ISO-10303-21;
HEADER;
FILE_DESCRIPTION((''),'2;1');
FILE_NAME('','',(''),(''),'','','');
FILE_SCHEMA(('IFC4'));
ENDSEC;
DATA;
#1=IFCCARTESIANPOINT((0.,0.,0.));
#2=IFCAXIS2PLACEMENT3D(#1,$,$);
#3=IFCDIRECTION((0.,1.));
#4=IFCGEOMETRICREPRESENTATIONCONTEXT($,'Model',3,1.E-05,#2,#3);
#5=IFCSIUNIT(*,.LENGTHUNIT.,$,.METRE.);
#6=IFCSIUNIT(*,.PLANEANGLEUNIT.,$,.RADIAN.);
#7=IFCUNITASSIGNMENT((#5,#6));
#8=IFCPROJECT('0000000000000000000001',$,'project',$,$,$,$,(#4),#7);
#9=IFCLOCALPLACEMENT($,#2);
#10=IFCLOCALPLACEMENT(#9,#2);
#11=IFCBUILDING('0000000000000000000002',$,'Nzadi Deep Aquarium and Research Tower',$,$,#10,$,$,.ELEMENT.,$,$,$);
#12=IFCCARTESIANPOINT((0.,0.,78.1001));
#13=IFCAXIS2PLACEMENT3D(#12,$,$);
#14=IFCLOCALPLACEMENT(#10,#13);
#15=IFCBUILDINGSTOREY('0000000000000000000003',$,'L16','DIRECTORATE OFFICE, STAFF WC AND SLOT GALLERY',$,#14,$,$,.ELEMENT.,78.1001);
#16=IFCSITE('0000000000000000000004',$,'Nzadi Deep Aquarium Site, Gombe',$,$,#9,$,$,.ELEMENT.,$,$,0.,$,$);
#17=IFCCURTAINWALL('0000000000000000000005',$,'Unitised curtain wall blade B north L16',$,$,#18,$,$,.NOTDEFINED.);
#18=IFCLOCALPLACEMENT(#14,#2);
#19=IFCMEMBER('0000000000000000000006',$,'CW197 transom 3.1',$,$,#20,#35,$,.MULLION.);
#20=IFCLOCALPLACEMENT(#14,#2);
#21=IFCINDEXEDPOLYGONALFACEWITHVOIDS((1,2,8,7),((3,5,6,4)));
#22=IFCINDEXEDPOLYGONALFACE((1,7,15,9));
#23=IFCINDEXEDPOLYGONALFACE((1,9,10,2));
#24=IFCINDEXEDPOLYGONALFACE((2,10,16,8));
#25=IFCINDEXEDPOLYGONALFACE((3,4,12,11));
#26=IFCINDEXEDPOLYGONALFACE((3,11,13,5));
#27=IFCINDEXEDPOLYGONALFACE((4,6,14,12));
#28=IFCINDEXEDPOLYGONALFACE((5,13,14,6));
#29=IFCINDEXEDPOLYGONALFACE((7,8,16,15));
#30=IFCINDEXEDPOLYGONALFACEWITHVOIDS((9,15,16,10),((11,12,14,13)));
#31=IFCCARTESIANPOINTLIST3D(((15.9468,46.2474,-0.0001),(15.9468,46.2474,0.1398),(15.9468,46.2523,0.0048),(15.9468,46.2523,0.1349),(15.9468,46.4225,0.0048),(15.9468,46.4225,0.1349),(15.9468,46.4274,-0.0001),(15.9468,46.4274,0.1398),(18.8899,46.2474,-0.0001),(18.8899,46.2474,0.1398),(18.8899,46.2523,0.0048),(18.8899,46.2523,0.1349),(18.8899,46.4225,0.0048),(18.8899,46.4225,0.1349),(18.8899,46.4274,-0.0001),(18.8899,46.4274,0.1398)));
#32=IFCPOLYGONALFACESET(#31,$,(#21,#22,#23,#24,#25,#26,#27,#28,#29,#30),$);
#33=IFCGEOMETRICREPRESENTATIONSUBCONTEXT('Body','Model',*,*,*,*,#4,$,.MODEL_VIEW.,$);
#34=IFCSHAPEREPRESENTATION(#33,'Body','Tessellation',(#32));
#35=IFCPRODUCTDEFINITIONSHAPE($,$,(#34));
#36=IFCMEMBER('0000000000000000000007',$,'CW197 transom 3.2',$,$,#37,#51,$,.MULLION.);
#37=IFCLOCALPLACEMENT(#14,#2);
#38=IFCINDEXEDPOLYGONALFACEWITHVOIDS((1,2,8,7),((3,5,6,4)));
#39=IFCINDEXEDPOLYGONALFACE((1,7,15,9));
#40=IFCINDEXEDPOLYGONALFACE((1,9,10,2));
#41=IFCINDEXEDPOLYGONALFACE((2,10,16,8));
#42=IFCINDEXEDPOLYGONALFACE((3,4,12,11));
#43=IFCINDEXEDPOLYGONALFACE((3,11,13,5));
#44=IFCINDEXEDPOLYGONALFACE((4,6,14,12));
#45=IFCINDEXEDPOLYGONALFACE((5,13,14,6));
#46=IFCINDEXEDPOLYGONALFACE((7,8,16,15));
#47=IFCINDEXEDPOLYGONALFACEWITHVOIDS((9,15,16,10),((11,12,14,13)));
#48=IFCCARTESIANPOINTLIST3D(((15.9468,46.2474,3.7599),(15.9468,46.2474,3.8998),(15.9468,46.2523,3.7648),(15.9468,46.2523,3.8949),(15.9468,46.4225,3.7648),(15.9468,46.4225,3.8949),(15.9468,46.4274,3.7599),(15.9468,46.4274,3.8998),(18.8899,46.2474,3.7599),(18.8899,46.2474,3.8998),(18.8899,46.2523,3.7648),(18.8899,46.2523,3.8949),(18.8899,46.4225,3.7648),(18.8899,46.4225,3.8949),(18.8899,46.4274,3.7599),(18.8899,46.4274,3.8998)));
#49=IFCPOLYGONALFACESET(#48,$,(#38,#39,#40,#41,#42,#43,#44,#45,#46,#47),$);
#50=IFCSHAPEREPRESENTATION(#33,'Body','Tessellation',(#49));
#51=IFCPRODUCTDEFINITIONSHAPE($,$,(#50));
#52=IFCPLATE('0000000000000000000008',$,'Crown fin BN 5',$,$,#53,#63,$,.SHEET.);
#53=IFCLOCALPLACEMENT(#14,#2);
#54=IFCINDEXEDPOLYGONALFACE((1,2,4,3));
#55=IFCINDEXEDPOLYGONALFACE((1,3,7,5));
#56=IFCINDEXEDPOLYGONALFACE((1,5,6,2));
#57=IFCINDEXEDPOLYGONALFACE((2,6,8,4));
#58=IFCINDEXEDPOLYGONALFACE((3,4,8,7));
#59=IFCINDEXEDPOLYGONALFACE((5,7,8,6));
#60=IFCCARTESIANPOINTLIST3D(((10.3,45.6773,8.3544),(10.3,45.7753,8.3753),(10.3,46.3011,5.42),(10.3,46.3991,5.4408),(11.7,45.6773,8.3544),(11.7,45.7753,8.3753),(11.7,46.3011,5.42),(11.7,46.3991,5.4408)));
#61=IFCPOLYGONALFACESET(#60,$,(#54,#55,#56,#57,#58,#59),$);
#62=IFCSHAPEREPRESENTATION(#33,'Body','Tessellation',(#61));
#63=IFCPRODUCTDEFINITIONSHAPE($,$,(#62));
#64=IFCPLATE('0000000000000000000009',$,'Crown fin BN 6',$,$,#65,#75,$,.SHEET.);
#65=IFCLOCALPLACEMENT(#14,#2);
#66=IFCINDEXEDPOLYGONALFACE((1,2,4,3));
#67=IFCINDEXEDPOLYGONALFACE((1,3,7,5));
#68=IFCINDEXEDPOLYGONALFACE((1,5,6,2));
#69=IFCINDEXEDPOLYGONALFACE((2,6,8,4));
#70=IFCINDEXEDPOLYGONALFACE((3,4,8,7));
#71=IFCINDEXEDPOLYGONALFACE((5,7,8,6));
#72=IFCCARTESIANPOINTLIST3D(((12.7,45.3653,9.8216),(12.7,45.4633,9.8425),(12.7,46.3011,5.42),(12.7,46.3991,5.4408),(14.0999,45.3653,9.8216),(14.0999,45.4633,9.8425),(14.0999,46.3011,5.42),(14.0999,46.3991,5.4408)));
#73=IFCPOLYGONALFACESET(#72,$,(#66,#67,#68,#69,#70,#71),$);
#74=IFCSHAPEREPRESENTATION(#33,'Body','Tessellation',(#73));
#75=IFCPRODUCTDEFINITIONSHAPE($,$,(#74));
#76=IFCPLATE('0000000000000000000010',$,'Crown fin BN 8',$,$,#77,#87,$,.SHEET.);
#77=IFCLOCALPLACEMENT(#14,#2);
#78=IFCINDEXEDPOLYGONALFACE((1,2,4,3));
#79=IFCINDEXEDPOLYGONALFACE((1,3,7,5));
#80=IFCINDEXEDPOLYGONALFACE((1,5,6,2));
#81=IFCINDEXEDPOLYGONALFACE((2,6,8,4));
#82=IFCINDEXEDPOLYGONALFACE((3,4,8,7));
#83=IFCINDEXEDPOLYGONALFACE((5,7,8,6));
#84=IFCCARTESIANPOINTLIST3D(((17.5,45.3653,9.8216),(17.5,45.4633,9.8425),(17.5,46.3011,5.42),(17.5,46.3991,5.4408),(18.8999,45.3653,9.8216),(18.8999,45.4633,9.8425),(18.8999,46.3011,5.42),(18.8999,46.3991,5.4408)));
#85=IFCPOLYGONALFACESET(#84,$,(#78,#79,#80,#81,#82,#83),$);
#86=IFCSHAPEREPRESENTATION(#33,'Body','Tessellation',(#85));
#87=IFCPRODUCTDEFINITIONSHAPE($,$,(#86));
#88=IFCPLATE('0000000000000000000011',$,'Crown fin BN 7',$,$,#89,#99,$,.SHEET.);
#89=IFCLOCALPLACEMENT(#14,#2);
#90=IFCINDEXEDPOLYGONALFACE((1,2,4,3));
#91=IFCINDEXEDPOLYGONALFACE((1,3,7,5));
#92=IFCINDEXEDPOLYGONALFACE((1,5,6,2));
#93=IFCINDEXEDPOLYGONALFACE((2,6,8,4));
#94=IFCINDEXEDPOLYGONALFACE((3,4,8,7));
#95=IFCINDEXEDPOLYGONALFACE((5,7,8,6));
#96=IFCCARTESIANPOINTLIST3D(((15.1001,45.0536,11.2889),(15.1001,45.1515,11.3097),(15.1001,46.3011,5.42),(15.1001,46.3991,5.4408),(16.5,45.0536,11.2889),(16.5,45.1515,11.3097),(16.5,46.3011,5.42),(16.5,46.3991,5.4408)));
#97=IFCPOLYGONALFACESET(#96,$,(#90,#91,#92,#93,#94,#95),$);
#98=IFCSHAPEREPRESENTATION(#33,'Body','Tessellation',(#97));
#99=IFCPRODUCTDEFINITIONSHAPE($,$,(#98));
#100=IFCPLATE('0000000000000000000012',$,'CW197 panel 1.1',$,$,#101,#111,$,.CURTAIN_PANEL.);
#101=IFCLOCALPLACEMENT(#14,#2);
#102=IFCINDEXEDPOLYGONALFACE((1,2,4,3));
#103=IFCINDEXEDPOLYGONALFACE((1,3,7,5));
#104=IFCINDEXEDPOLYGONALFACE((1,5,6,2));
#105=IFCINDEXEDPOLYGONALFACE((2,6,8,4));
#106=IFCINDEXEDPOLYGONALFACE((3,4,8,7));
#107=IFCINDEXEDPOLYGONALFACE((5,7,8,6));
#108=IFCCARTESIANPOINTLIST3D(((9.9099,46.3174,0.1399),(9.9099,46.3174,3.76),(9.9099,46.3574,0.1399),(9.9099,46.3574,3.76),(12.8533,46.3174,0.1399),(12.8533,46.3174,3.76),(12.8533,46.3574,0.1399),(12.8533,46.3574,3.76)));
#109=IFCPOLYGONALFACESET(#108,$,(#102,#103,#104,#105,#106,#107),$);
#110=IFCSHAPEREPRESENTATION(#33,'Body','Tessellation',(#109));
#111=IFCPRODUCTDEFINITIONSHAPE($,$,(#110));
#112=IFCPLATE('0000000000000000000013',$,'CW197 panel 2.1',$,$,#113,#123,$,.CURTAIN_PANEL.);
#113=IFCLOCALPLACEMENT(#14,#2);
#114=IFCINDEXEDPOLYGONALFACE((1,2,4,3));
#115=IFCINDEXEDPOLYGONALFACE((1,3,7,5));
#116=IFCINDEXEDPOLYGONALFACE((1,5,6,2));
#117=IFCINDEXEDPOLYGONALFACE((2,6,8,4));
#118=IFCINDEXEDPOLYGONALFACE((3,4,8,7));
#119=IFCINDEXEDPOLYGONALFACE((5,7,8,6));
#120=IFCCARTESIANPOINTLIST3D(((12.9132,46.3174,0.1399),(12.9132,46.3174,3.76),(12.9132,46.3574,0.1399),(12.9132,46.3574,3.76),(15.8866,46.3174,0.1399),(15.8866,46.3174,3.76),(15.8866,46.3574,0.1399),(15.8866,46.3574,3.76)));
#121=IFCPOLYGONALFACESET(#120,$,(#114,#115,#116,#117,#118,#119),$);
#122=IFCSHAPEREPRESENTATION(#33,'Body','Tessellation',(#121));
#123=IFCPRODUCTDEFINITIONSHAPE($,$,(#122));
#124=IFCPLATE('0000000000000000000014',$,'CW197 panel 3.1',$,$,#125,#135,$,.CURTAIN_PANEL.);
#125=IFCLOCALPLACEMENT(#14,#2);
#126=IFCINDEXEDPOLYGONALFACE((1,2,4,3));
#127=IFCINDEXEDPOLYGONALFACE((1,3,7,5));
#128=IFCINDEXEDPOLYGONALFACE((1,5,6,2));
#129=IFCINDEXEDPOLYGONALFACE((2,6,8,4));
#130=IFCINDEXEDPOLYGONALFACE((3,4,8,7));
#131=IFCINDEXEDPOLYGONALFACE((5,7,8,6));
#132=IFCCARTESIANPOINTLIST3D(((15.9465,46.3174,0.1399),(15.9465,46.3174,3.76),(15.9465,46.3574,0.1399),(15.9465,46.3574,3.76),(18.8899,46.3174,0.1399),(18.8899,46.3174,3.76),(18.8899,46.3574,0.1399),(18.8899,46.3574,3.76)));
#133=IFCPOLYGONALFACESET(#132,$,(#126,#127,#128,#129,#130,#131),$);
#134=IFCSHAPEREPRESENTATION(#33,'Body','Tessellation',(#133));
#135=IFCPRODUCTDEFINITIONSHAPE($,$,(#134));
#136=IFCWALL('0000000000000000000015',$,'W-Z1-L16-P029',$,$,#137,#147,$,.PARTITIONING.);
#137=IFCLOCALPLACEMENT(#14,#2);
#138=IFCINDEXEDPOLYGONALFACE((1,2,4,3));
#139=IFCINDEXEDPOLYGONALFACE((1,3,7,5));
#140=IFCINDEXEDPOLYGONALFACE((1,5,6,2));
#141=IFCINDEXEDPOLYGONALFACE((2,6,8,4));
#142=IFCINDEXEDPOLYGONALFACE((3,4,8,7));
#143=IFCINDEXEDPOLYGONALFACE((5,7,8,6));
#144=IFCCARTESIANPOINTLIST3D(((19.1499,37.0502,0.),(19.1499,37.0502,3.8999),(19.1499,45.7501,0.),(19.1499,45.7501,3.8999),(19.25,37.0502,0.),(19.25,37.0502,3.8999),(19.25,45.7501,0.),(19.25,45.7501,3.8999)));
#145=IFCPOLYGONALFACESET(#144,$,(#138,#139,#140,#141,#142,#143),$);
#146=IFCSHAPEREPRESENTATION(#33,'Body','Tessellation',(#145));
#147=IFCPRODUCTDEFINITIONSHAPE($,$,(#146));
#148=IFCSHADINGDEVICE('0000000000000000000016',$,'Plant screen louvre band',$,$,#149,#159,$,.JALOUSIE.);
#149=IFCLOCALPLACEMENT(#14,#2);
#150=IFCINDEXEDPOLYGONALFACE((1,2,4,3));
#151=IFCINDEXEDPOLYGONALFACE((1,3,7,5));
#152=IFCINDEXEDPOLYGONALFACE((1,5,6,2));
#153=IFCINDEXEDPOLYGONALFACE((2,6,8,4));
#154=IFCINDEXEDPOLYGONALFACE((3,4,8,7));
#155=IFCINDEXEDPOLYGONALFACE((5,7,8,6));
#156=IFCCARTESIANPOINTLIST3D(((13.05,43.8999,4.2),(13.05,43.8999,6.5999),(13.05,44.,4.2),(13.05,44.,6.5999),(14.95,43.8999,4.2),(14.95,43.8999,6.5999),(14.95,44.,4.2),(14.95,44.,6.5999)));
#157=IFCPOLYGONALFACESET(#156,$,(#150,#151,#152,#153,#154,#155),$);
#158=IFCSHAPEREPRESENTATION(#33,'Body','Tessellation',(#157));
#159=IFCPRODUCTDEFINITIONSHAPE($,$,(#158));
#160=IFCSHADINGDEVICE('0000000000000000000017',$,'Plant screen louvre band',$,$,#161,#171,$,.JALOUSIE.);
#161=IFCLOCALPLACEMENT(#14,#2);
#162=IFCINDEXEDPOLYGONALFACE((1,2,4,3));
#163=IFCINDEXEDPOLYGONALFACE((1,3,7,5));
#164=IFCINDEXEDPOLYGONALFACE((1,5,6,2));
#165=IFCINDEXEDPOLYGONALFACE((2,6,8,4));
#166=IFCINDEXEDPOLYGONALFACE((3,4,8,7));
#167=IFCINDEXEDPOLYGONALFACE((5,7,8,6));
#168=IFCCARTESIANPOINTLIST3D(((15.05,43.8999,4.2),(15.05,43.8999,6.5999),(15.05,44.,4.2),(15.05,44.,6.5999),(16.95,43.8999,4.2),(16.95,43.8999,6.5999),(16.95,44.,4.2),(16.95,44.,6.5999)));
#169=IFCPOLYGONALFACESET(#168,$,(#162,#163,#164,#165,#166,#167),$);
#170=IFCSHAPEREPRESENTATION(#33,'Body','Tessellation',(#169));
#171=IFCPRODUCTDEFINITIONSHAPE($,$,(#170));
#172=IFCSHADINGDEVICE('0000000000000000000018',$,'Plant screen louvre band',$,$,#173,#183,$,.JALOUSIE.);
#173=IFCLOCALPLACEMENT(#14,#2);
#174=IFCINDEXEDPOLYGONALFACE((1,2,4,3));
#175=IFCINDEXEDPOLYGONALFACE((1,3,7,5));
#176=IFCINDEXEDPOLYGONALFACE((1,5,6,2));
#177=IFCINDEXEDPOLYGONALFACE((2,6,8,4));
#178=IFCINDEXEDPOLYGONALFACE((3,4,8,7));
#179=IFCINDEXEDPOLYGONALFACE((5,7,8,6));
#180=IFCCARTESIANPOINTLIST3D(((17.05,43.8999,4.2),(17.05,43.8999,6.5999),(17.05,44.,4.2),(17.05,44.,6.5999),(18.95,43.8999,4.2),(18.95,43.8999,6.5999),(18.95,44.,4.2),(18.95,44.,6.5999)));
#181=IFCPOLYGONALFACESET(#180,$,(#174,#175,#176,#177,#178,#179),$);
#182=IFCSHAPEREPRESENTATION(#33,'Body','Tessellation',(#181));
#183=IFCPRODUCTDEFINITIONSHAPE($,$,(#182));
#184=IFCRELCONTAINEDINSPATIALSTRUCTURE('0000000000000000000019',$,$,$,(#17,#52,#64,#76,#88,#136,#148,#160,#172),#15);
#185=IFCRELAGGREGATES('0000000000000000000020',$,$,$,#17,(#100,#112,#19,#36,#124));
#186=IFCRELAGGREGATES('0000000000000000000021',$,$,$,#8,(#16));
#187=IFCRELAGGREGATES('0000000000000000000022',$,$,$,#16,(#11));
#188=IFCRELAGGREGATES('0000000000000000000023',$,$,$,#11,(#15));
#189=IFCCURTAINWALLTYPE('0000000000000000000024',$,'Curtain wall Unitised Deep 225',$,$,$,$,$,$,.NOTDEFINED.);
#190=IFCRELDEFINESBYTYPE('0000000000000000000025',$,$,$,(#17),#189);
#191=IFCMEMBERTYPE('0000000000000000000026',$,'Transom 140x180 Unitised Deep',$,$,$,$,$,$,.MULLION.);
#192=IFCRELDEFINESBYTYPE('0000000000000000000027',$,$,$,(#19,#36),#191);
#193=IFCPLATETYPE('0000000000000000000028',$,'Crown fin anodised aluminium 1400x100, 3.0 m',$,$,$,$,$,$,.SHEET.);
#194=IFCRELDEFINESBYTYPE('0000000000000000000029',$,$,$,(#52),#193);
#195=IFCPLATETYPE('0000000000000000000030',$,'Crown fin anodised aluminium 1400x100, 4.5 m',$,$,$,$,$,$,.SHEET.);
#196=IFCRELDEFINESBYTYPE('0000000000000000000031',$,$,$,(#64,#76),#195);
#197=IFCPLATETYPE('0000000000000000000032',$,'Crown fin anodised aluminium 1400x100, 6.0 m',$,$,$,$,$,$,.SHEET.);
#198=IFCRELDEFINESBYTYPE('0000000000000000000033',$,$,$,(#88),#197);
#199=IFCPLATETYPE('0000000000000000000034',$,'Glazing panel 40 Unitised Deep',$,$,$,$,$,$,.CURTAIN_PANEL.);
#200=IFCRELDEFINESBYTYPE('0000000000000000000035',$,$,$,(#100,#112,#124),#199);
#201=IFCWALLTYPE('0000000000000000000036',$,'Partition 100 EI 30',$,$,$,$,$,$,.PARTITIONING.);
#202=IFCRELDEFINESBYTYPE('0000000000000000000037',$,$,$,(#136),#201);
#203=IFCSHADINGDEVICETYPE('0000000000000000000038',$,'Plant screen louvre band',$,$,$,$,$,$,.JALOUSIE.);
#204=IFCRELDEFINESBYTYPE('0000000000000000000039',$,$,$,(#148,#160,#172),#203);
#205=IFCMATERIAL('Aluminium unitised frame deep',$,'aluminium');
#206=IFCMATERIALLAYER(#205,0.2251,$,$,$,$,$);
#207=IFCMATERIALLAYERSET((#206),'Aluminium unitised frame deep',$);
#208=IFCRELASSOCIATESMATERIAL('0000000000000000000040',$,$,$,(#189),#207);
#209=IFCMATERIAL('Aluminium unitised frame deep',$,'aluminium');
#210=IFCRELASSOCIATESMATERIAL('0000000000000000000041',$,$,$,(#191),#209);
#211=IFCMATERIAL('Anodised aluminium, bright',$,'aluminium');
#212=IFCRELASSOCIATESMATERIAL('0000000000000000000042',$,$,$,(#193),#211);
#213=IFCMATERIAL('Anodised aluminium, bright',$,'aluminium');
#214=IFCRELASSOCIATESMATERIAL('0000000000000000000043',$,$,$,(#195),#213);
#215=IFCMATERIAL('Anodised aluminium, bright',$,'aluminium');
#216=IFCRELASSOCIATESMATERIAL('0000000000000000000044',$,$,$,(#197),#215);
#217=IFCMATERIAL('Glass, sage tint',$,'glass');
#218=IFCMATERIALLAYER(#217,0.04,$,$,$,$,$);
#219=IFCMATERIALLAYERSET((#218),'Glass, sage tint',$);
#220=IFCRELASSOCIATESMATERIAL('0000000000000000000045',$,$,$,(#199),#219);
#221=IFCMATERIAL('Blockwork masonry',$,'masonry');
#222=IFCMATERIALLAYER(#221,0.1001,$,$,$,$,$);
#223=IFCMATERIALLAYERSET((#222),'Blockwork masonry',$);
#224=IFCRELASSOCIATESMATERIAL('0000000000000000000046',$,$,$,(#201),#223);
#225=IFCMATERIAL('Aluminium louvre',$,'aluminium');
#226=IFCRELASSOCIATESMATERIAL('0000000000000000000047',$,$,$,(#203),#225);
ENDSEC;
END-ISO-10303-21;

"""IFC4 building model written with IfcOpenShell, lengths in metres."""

from ifc_helpers import new_model, si_unit, direction, frame, frame_2d, origin, origin_2d, place, context, subcontext, project, spatial, rectangle, hollow_rectangle, extrude, material, layer, layer_set, material_profile, profile_set, type_object, element, aggregate, save


model = new_model("IFC4")

# Units and contexts
model_context = context("Model", 3, precision=1e-05, world=origin(), true_north=direction((0.0, 1.0)))
body_context = subcontext(model_context, "Body", "Model", "MODEL_VIEW")
ifc_project = project(units=[si_unit("LENGTHUNIT", "METRE"), si_unit("PLANEANGLEUNIT", "RADIAN")], contexts=[model_context])

# Site, building, storey
site_placement = place(None, origin())
site = spatial("IfcSite", under=ifc_project, at=site_placement, Name="Nzadi Deep Aquarium Site, Gombe", CompositionType="ELEMENT", RefElevation=0.0)
building_placement = place(site_placement, origin())
building = spatial("IfcBuilding", under=site, at=building_placement, Name="Nzadi Deep Aquarium and Research Tower", CompositionType="ELEMENT")
storey_placement = place(building_placement, frame((0.0, 0.0, 78.1001)))
storey = spatial("IfcBuildingStorey", under=building, at=storey_placement, Name="L16", Description="DIRECTORATE OFFICE, STAFF WC AND SLOT GALLERY", CompositionType="ELEMENT", Elevation=78.1001)

# Curtain wall
ifc_material_1 = material(Name="Aluminium unitised frame deep", Category="aluminium")
ifc_layer_1 = layer(ifc_material_1, 0.2251)
ifc_layer_set_1 = layer_set([ifc_layer_1], Name="Aluminium unitised frame deep")
curtain_wall_type = type_object("IfcCurtainWallType", Name="Curtain wall Unitised Deep 225", PredefinedType="NOTDEFINED", material=ifc_layer_set_1)
curtain_wall_1_placement = place(storey_placement, origin())
curtain_wall_1 = element("IfcCurtainWall", 1, at=curtain_wall_1_placement, inside=storey, type_object=curtain_wall_type, Name="Unitised curtain wall blade B north L16", PredefinedType="NOTDEFINED")

# Members
ifc_material_2 = material(Name="Aluminium unitised frame deep", Category="aluminium")
ifc_material_profile_1 = material_profile(ifc_material_2, hollow_rectangle(XDim=0.1799, YDim=0.1399, WallThickness=0.0049, at=origin_2d()))
ifc_profile_set_1 = profile_set([ifc_material_profile_1], Name="Aluminium unitised frame deep")
member_type_1 = type_object("IfcMemberType", Name="Transom 140x180 Unitised Deep", PredefinedType="MULLION", material=ifc_profile_set_1)
member_1_placement = place(storey_placement, frame((15.9468, 46.3374, 0.0698), z_axis=(1.0, 0.0, 0.0), x_axis=(0.0, 1.0, 0.0)))
member_1 = element("IfcMember", 2, at=member_1_placement, type_object=member_type_1, Name="CW197 transom 3.1", PredefinedType="MULLION", context=body_context, shape_type="SweptSolid", body=[
    extrude(hollow_rectangle(XDim=0.1799, YDim=0.1399, WallThickness=0.0049, at=origin_2d()), origin(), (0.0, 0.0, 1.0), 2.9431),
])
member_2_placement = place(storey_placement, frame((15.9468, 46.3374, 3.8298), z_axis=(1.0, 0.0, 0.0), x_axis=(0.0, 1.0, 0.0)))
member_2 = element("IfcMember", 3, at=member_2_placement, type_object=member_type_1, Name="CW197 transom 3.2", PredefinedType="MULLION", context=body_context, shape_type="SweptSolid", body=[
    extrude(hollow_rectangle(XDim=0.1799, YDim=0.1399, WallThickness=0.0049, at=origin_2d()), origin(), (0.0, 0.0, 1.0), 2.9431),
])

# Plates
ifc_material_3 = material(Name="Anodised aluminium, bright", Category="aluminium")
ifc_material_profile_2 = material_profile(ifc_material_3, rectangle(XDim=1.3999, YDim=0.1001, at=origin_2d()))
ifc_profile_set_2 = profile_set([ifc_material_profile_2], Name="Anodised aluminium, bright")
plate_type_1 = type_object("IfcPlateType", Name="Crown fin anodised aluminium 1400x100, 3.0 m", PredefinedType="SHEET", material=ifc_profile_set_2)
plate_1_placement = place(storey_placement, frame((11.0, 46.3501, 5.4304), z_axis=(0.0, -0.207934, 0.978143), x_axis=(1.0, 0.0, 0.0)))
element("IfcPlate", 4, at=plate_1_placement, inside=storey, type_object=plate_type_1, Name="Crown fin BN 5", PredefinedType="SHEET", context=body_context, shape_type="SweptSolid", body=[
    extrude(rectangle(XDim=1.3999, YDim=0.1001, at=origin_2d()), origin(), (0.0, 0.0, 1.0), 3.0),
])
ifc_material_4 = material(Name="Anodised aluminium, bright", Category="aluminium")
ifc_material_profile_3 = material_profile(ifc_material_4, rectangle(XDim=1.3999, YDim=0.1001, at=origin_2d()))
ifc_profile_set_3 = profile_set([ifc_material_profile_3], Name="Anodised aluminium, bright")
plate_type_2 = type_object("IfcPlateType", Name="Crown fin anodised aluminium 1400x100, 4.5 m", PredefinedType="SHEET", material=ifc_profile_set_3)
for number, where, z_axis, x_axis, name in (
    (5, (13.3999, 46.3501, 5.4304), (0.0, -0.207954, 0.978139), (1.0, 0.0, 0.0), "Crown fin BN 6"),
    (6, (18.2, 46.3501, 5.4304), (0.0, -0.207954, 0.978139), (1.0, 0.0, 0.0), "Crown fin BN 8"),
):
    element("IfcPlate", number, at=place(storey_placement, frame(where, z_axis=z_axis, x_axis=x_axis)), inside=storey, type_object=plate_type_2, Name=name, PredefinedType="SHEET", context=body_context, shape_type="SweptSolid", body=[
        extrude(rectangle(XDim=1.3999, YDim=0.1001, at=origin_2d()), origin(), (0.0, 0.0, 1.0), 4.5),
    ])
ifc_material_5 = material(Name="Anodised aluminium, bright", Category="aluminium")
ifc_material_profile_4 = material_profile(ifc_material_5, rectangle(XDim=1.3999, YDim=0.1001, at=origin_2d()))
ifc_profile_set_4 = profile_set([ifc_material_profile_4], Name="Anodised aluminium, bright")
plate_type_3 = type_object("IfcPlateType", Name="Crown fin anodised aluminium 1400x100, 6.0 m", PredefinedType="SHEET", material=ifc_profile_set_4)
plate_2_placement = place(storey_placement, frame((15.8, 46.3501, 5.4304), z_axis=(0.0, -0.207925, 0.978145), x_axis=(1.0, 0.0, 0.0)))
element("IfcPlate", 7, at=plate_2_placement, inside=storey, type_object=plate_type_3, Name="Crown fin BN 7", PredefinedType="SHEET", context=body_context, shape_type="SweptSolid", body=[
    extrude(rectangle(XDim=1.3999, YDim=0.1001, at=origin_2d()), origin(), (0.0, 0.0, 1.0), 6.0),
])

# Plates
ifc_material_6 = material(Name="Glass, sage tint", Category="glass")
ifc_layer_2 = layer(ifc_material_6, 0.04)
ifc_layer_set_2 = layer_set([ifc_layer_2], Name="Glass, sage tint")
plate_type_4 = type_object("IfcPlateType", Name="Glazing panel 40 Unitised Deep", PredefinedType="CURTAIN_PANEL", material=ifc_layer_set_2)
plate_3_placement = place(storey_placement, frame((11.3816, 46.3374, 0.1399), z_axis=(0.0, 0.0, 1.0), x_axis=(1.0, 0.0, 0.0)))
plate_3 = element("IfcPlate", 8, at=plate_3_placement, type_object=plate_type_4, Name="CW197 panel 1.1", PredefinedType="CURTAIN_PANEL", context=body_context, shape_type="SweptSolid", body=[
    extrude(rectangle(XDim=2.9434, YDim=0.04, at=origin_2d()), origin(), (0.0, 0.0, 1.0), 3.6201),
])
plate_4_placement = place(storey_placement, frame((14.3999, 46.3374, 0.1399), z_axis=(0.0, 0.0, 1.0), x_axis=(1.0, 0.0, 0.0)))
plate_4 = element("IfcPlate", 9, at=plate_4_placement, type_object=plate_type_4, Name="CW197 panel 2.1", PredefinedType="CURTAIN_PANEL", context=body_context, shape_type="SweptSolid", body=[
    extrude(rectangle(XDim=2.9734, YDim=0.04, at=origin_2d()), origin(), (0.0, 0.0, 1.0), 3.6201),
])
plate_5_placement = place(storey_placement, frame((17.4182, 46.3374, 0.1399), z_axis=(0.0, 0.0, 1.0), x_axis=(1.0, 0.0, 0.0)))
plate_5 = element("IfcPlate", 10, at=plate_5_placement, type_object=plate_type_4, Name="CW197 panel 3.1", PredefinedType="CURTAIN_PANEL", context=body_context, shape_type="SweptSolid", body=[
    extrude(rectangle(XDim=2.9434, YDim=0.04, at=origin_2d()), origin(), (0.0, 0.0, 1.0), 3.6201),
])
aggregate(curtain_wall_1, [plate_3, plate_4, member_1, member_2, plate_5])

# Wall
ifc_material_7 = material(Name="Blockwork masonry", Category="masonry")
ifc_layer_3 = layer(ifc_material_7, 0.1001)
ifc_layer_set_3 = layer_set([ifc_layer_3], Name="Blockwork masonry")
wall_type = type_object("IfcWallType", Name="Partition 100 EI 30", PredefinedType="PARTITIONING", material=ifc_layer_set_3)
wall_placement = place(storey_placement, frame((19.2, 37.05, 0.0), z_axis=(0.0, 0.0, 1.0), x_axis=(0.0, 1.0, 0.0)))
element("IfcWall", 11, at=wall_placement, inside=storey, type_object=wall_type, Name="W-Z1-L16-P029", PredefinedType="PARTITIONING", context=body_context, shape_type="SweptSolid", body=[
    extrude(rectangle(XDim=8.7, YDim=0.1001, at=frame_2d((4.3501, 0.0))), origin(), (0.0, 0.0, 1.0), 3.8999),
])

# Shading devices
ifc_material_8 = material(Name="Aluminium louvre", Category="aluminium")
shading_device_type = type_object("IfcShadingDeviceType", Name="Plant screen louvre band", PredefinedType="JALOUSIE", material=ifc_material_8)
for number, where, z_axis, x_axis, name in (
    (12, (14.0, 43.95, 4.2), (0.0, 0.0, 1.0), (1.0, 0.0, 0.0), "Plant screen louvre band"),
    (13, (16.0, 43.95, 4.2), (0.0, 0.0, 1.0), (1.0, 0.0, 0.0), "Plant screen louvre band"),
    (14, (18.0, 43.95, 4.2), (0.0, 0.0, 1.0), (1.0, 0.0, 0.0), "Plant screen louvre band"),
):
    element("IfcShadingDevice", number, at=place(storey_placement, frame(where, z_axis=z_axis, x_axis=x_axis)), inside=storey, type_object=shading_device_type, Name=name, PredefinedType="JALOUSIE", context=body_context, shape_type="SweptSolid", body=[
        extrude(rectangle(XDim=1.8999, YDim=0.1001, at=origin_2d()), origin(), (0.0, 0.0, 1.0), 2.3999),
    ])

save(model, "model.ifc")
